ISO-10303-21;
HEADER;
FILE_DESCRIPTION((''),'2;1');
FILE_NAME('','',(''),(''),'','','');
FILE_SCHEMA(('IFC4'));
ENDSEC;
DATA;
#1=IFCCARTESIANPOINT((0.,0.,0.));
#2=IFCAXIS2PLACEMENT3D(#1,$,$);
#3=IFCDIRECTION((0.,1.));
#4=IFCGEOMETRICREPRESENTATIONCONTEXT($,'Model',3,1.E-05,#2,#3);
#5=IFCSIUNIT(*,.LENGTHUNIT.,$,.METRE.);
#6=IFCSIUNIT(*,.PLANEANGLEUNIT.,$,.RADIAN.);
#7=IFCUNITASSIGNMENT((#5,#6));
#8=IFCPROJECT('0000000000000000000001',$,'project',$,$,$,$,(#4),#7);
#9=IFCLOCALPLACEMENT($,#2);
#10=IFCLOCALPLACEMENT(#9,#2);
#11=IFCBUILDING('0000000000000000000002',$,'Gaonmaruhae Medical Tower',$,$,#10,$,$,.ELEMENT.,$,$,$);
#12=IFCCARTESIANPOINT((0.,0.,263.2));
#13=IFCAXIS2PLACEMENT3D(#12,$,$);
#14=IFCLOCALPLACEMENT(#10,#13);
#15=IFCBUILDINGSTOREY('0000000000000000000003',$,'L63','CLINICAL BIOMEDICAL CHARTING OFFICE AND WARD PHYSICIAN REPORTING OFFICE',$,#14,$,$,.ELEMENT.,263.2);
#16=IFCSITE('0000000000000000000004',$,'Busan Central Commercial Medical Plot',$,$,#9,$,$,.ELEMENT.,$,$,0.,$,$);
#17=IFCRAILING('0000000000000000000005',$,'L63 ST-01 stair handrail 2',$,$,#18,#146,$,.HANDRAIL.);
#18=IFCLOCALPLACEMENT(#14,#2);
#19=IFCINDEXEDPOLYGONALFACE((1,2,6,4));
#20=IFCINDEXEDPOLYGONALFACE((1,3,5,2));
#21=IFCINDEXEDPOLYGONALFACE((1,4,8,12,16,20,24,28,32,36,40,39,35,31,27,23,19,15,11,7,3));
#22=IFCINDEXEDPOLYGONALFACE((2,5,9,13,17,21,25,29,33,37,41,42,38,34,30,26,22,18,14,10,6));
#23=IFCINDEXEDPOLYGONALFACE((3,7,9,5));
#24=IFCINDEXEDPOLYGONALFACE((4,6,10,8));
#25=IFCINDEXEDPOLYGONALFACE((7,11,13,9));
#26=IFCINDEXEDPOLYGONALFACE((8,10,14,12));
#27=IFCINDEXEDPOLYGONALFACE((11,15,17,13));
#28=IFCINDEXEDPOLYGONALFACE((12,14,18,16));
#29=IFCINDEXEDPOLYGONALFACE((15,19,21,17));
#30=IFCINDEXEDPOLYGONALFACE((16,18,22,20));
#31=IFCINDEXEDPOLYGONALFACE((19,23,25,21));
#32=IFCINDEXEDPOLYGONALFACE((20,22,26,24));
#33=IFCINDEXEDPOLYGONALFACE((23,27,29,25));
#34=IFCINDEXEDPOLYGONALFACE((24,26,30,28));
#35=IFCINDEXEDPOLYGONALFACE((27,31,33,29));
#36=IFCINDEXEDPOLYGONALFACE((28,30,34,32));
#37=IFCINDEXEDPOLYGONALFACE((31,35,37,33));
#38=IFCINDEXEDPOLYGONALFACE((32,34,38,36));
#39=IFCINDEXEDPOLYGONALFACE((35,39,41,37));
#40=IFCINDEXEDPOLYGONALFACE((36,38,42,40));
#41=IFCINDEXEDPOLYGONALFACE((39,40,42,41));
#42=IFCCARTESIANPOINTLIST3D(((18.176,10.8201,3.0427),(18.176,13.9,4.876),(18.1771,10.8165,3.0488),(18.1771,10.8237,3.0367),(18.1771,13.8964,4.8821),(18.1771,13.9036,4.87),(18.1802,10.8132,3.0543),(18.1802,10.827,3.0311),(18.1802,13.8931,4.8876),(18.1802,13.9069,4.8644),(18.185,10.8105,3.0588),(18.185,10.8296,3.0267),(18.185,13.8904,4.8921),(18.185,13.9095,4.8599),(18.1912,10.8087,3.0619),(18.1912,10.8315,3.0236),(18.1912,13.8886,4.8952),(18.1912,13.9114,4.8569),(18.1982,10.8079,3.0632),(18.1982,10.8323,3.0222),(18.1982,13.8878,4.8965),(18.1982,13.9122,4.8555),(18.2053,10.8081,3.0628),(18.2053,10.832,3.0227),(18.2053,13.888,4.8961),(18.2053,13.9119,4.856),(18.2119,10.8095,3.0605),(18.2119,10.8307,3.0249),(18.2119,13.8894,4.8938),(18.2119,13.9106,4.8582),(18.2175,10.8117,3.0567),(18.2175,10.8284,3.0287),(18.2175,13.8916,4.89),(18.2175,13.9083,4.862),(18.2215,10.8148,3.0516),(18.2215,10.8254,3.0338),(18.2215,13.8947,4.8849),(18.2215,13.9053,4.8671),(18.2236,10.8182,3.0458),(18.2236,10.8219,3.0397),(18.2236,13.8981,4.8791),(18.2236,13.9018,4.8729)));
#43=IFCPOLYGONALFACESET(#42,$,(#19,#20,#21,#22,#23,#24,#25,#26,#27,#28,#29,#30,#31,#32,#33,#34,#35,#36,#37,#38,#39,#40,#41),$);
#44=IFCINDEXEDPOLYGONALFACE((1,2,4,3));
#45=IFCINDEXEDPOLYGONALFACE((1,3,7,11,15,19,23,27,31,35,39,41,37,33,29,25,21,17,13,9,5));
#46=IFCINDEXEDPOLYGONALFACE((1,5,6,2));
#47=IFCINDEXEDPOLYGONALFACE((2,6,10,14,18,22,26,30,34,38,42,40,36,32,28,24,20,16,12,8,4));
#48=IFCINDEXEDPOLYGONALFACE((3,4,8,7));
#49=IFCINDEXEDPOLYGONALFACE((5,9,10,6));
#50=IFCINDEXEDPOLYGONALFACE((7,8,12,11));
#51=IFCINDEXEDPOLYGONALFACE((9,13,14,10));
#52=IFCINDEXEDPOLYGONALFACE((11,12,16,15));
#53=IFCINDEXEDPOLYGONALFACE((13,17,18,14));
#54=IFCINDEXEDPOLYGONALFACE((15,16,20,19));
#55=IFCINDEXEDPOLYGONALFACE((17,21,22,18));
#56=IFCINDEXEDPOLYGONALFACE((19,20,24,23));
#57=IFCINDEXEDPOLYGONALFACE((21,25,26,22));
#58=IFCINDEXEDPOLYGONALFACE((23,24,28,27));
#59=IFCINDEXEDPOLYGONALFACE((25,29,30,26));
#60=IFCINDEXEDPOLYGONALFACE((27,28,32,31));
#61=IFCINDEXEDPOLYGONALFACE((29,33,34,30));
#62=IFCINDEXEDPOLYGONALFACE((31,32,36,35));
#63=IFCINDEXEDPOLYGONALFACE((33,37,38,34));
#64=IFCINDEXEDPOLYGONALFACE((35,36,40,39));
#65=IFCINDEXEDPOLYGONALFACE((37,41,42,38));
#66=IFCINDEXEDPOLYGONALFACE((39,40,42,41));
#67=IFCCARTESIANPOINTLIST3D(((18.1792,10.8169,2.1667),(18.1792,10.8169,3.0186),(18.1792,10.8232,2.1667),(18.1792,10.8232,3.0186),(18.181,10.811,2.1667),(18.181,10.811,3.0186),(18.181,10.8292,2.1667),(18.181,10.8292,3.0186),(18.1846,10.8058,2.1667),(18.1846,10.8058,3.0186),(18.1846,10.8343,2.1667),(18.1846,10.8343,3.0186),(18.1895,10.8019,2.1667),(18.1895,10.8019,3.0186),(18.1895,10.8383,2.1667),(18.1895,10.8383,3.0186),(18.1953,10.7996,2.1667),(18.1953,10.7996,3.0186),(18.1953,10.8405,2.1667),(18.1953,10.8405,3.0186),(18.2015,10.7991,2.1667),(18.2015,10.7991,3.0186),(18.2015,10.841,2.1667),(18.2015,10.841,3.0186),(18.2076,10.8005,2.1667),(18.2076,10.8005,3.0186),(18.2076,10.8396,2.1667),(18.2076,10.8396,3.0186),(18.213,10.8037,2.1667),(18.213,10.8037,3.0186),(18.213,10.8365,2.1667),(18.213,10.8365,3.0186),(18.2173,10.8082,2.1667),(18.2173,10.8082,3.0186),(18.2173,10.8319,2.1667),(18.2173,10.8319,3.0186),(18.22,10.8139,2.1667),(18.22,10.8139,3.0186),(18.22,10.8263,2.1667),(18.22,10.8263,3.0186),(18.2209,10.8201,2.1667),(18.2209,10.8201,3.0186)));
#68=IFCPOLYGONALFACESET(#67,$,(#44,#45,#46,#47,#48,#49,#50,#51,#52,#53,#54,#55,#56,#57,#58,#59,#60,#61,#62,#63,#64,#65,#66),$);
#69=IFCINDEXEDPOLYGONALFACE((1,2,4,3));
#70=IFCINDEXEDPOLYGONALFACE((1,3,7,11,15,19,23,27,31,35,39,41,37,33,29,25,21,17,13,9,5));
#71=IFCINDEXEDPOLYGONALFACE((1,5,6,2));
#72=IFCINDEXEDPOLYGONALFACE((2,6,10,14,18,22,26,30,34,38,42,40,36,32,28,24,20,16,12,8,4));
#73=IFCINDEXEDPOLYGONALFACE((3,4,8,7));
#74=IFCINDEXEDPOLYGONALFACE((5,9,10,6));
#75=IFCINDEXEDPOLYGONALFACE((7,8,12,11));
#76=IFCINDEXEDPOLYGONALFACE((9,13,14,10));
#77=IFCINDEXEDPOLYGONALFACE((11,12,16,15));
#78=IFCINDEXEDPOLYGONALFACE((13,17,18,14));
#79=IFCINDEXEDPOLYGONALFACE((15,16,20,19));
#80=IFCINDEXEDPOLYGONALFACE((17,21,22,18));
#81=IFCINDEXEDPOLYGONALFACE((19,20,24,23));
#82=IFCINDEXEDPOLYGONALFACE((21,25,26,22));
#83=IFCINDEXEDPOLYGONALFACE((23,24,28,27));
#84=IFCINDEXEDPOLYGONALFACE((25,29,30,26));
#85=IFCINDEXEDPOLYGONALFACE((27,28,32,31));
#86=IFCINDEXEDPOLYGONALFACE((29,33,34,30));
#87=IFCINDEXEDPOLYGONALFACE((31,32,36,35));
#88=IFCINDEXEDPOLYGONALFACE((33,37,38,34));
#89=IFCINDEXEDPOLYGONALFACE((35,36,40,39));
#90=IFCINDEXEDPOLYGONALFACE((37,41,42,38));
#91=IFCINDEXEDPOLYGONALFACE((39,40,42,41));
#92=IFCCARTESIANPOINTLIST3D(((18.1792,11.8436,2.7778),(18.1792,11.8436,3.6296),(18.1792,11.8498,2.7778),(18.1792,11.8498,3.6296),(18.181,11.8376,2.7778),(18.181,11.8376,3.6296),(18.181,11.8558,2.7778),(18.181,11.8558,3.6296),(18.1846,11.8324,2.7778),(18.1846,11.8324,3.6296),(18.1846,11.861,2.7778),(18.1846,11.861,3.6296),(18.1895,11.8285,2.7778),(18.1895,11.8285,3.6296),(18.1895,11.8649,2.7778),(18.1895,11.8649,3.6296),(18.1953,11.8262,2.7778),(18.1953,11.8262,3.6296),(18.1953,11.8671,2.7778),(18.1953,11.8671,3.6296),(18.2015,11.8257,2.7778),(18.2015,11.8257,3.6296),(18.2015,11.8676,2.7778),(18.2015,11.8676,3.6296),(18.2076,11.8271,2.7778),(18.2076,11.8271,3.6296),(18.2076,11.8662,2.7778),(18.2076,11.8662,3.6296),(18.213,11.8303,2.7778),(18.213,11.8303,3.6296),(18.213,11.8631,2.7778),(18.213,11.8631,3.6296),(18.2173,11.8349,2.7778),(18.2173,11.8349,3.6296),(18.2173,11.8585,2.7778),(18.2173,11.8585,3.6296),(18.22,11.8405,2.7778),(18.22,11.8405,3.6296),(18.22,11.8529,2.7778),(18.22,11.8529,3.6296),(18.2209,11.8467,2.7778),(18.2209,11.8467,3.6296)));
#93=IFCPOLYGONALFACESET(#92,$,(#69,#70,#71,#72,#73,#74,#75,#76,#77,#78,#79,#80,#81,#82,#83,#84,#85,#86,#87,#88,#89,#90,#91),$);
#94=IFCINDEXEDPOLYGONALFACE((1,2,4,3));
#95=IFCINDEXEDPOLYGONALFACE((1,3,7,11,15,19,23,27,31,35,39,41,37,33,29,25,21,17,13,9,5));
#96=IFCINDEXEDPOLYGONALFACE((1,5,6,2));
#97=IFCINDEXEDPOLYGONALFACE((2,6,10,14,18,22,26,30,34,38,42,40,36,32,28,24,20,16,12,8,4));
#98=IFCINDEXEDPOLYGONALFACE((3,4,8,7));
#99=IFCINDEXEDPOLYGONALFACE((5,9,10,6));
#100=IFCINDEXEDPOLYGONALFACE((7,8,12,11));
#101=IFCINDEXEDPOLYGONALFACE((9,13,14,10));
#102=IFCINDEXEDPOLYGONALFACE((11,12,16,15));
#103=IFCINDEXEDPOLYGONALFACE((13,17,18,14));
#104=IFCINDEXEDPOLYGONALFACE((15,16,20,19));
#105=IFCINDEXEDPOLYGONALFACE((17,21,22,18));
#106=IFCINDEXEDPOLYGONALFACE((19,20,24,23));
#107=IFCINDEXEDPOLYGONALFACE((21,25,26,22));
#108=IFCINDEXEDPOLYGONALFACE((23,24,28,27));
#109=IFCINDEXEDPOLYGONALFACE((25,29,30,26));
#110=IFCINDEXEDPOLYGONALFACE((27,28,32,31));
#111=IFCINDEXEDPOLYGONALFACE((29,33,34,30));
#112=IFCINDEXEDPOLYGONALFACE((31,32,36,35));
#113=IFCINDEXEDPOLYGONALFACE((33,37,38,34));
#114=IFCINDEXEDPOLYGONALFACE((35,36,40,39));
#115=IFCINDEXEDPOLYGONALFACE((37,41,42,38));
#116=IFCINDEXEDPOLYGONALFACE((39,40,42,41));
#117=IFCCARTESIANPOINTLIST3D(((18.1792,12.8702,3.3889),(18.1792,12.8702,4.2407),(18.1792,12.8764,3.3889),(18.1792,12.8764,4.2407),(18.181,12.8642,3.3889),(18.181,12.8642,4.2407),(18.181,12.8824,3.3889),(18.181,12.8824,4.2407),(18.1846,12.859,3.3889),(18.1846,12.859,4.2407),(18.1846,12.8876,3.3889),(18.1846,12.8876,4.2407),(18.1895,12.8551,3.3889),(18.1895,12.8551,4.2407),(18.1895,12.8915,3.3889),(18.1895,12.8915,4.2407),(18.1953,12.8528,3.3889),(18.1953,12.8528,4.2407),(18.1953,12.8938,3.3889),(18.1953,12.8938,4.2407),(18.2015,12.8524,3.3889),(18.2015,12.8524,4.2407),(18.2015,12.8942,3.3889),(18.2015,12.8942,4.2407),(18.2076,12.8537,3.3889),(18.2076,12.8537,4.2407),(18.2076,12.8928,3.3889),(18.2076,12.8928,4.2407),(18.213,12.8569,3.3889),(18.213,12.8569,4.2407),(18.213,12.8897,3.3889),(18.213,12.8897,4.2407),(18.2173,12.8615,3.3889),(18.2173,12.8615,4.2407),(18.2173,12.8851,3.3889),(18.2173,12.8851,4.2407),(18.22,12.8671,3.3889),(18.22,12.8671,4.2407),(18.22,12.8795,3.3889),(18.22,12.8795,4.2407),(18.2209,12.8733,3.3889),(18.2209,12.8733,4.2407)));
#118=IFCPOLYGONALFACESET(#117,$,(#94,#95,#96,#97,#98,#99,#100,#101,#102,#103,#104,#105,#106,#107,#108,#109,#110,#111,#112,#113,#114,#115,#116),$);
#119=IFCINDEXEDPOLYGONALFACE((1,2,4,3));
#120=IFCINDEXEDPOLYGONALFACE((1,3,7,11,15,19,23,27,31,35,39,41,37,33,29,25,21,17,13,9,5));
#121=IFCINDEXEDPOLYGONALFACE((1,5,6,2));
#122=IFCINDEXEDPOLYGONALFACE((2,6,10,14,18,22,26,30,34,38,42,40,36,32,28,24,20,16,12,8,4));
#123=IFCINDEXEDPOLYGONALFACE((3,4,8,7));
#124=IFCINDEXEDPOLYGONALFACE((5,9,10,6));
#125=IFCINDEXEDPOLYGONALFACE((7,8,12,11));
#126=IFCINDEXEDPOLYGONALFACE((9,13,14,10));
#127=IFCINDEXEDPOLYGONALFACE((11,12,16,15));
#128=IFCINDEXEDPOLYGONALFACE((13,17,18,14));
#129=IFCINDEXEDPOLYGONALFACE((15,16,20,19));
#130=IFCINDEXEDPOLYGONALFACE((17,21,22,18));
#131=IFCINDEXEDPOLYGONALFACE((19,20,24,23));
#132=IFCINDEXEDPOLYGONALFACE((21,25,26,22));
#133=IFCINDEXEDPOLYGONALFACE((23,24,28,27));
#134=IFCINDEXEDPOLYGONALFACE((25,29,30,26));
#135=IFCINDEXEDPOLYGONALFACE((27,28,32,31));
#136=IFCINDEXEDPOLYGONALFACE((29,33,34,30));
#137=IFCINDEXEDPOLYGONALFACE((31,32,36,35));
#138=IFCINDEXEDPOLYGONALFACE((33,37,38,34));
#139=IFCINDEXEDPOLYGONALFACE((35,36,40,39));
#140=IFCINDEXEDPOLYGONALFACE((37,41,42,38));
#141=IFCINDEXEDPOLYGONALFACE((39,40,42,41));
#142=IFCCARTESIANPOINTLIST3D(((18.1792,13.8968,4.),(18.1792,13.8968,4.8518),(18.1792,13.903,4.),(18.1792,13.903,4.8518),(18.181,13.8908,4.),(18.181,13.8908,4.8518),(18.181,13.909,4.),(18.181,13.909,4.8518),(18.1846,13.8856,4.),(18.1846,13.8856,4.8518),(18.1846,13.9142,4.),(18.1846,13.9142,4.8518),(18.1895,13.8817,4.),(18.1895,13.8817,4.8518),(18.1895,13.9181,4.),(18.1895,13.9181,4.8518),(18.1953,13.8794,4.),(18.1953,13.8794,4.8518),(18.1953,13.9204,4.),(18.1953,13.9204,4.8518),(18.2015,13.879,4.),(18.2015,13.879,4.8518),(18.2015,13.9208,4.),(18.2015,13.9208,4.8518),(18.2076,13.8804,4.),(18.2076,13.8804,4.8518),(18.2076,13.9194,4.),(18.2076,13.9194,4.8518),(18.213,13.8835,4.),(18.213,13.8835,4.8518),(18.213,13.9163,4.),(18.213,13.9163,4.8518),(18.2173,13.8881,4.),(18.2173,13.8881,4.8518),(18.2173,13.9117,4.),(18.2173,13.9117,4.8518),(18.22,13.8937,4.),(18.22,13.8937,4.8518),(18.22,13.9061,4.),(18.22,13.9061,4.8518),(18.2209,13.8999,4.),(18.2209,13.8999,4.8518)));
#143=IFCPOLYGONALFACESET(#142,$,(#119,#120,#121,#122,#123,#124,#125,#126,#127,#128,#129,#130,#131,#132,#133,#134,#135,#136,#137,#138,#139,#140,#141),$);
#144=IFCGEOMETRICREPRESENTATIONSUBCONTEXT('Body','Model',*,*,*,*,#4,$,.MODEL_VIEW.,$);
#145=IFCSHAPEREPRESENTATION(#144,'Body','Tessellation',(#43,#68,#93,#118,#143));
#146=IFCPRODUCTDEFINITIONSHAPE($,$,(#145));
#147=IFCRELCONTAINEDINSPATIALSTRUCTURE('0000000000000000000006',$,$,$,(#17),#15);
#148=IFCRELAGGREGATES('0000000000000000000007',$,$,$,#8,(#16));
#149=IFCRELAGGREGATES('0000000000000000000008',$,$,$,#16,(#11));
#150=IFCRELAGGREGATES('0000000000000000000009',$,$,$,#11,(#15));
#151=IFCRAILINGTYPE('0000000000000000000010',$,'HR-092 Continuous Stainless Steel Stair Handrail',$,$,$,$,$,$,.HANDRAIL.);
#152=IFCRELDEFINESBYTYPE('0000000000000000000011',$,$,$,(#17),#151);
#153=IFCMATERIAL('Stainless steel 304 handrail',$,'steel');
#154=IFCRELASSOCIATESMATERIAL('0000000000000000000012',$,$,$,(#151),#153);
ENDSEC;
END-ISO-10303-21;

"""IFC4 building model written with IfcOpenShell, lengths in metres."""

from ifc_helpers import new_model, si_unit, direction, frame, origin, origin_2d, place, context, subcontext, project, spatial, circle, extrude, material, type_object, element, save


model = new_model("IFC4")

# Units and contexts
model_context = context("Model", 3, precision=1e-05, world=origin(), true_north=direction((0.0, 1.0)))
body_context = subcontext(model_context, "Body", "Model", "MODEL_VIEW")
ifc_project = project(units=[si_unit("LENGTHUNIT", "METRE"), si_unit("PLANEANGLEUNIT", "RADIAN")], contexts=[model_context])

# Site, building, storey
site_placement = place(None, origin())
site = spatial("IfcSite", under=ifc_project, at=site_placement, Name="Busan Central Commercial Medical Plot", CompositionType="ELEMENT", RefElevation=0.0)
building_placement = place(site_placement, origin())
building = spatial("IfcBuilding", under=site, at=building_placement, Name="Gaonmaruhae Medical Tower", CompositionType="ELEMENT")
storey_placement = place(building_placement, frame((0.0, 0.0, 263.2)))
storey = spatial("IfcBuildingStorey", under=building, at=storey_placement, Name="L63", Description="CLINICAL BIOMEDICAL CHARTING OFFICE AND WARD PHYSICIAN REPORTING OFFICE", CompositionType="ELEMENT", Elevation=263.2)

# Railing
ifc_material_1 = material(Name="Stainless steel 304 handrail", Category="steel")
railing_type_1 = type_object("IfcRailingType", Name="HR-092 Continuous Stainless Steel Stair Handrail", PredefinedType="HANDRAIL", material=ifc_material_1)
railing_1_placement = place(storey_placement, frame((18.2, 10.8201, 2.1667)))
element("IfcRailing", 1, at=railing_1_placement, inside=storey, type_object=railing_type_1, Name="L63 ST-01 stair handrail 2", PredefinedType="HANDRAIL", context=body_context, shape_type="SweptSolid", body=[
    extrude(circle(Radius=0.0239, at=origin_2d()), frame((0.0, 0.0, 0.876), z_axis=(0.0, 0.859291, 0.511487), x_axis=(-1.0, 0.0, 0.0)), (0.0, 0.0, 1.0), 3.5842),
    extrude(circle(Radius=0.021, at=origin_2d()), origin(), (0.0, 0.0, 1.0), 0.8518),
    extrude(circle(Radius=0.021, at=origin_2d()), frame((0.0, 1.0266, 0.6111)), (0.0, 0.0, 1.0), 0.8518),
    extrude(circle(Radius=0.021, at=origin_2d()), frame((0.0, 2.0532, 1.2222)), (0.0, 0.0, 1.0), 0.8518),
    extrude(circle(Radius=0.021, at=origin_2d()), frame((0.0, 3.0798, 1.8333)), (0.0, 0.0, 1.0), 0.8518),
])

save(model, "model.ifc")
